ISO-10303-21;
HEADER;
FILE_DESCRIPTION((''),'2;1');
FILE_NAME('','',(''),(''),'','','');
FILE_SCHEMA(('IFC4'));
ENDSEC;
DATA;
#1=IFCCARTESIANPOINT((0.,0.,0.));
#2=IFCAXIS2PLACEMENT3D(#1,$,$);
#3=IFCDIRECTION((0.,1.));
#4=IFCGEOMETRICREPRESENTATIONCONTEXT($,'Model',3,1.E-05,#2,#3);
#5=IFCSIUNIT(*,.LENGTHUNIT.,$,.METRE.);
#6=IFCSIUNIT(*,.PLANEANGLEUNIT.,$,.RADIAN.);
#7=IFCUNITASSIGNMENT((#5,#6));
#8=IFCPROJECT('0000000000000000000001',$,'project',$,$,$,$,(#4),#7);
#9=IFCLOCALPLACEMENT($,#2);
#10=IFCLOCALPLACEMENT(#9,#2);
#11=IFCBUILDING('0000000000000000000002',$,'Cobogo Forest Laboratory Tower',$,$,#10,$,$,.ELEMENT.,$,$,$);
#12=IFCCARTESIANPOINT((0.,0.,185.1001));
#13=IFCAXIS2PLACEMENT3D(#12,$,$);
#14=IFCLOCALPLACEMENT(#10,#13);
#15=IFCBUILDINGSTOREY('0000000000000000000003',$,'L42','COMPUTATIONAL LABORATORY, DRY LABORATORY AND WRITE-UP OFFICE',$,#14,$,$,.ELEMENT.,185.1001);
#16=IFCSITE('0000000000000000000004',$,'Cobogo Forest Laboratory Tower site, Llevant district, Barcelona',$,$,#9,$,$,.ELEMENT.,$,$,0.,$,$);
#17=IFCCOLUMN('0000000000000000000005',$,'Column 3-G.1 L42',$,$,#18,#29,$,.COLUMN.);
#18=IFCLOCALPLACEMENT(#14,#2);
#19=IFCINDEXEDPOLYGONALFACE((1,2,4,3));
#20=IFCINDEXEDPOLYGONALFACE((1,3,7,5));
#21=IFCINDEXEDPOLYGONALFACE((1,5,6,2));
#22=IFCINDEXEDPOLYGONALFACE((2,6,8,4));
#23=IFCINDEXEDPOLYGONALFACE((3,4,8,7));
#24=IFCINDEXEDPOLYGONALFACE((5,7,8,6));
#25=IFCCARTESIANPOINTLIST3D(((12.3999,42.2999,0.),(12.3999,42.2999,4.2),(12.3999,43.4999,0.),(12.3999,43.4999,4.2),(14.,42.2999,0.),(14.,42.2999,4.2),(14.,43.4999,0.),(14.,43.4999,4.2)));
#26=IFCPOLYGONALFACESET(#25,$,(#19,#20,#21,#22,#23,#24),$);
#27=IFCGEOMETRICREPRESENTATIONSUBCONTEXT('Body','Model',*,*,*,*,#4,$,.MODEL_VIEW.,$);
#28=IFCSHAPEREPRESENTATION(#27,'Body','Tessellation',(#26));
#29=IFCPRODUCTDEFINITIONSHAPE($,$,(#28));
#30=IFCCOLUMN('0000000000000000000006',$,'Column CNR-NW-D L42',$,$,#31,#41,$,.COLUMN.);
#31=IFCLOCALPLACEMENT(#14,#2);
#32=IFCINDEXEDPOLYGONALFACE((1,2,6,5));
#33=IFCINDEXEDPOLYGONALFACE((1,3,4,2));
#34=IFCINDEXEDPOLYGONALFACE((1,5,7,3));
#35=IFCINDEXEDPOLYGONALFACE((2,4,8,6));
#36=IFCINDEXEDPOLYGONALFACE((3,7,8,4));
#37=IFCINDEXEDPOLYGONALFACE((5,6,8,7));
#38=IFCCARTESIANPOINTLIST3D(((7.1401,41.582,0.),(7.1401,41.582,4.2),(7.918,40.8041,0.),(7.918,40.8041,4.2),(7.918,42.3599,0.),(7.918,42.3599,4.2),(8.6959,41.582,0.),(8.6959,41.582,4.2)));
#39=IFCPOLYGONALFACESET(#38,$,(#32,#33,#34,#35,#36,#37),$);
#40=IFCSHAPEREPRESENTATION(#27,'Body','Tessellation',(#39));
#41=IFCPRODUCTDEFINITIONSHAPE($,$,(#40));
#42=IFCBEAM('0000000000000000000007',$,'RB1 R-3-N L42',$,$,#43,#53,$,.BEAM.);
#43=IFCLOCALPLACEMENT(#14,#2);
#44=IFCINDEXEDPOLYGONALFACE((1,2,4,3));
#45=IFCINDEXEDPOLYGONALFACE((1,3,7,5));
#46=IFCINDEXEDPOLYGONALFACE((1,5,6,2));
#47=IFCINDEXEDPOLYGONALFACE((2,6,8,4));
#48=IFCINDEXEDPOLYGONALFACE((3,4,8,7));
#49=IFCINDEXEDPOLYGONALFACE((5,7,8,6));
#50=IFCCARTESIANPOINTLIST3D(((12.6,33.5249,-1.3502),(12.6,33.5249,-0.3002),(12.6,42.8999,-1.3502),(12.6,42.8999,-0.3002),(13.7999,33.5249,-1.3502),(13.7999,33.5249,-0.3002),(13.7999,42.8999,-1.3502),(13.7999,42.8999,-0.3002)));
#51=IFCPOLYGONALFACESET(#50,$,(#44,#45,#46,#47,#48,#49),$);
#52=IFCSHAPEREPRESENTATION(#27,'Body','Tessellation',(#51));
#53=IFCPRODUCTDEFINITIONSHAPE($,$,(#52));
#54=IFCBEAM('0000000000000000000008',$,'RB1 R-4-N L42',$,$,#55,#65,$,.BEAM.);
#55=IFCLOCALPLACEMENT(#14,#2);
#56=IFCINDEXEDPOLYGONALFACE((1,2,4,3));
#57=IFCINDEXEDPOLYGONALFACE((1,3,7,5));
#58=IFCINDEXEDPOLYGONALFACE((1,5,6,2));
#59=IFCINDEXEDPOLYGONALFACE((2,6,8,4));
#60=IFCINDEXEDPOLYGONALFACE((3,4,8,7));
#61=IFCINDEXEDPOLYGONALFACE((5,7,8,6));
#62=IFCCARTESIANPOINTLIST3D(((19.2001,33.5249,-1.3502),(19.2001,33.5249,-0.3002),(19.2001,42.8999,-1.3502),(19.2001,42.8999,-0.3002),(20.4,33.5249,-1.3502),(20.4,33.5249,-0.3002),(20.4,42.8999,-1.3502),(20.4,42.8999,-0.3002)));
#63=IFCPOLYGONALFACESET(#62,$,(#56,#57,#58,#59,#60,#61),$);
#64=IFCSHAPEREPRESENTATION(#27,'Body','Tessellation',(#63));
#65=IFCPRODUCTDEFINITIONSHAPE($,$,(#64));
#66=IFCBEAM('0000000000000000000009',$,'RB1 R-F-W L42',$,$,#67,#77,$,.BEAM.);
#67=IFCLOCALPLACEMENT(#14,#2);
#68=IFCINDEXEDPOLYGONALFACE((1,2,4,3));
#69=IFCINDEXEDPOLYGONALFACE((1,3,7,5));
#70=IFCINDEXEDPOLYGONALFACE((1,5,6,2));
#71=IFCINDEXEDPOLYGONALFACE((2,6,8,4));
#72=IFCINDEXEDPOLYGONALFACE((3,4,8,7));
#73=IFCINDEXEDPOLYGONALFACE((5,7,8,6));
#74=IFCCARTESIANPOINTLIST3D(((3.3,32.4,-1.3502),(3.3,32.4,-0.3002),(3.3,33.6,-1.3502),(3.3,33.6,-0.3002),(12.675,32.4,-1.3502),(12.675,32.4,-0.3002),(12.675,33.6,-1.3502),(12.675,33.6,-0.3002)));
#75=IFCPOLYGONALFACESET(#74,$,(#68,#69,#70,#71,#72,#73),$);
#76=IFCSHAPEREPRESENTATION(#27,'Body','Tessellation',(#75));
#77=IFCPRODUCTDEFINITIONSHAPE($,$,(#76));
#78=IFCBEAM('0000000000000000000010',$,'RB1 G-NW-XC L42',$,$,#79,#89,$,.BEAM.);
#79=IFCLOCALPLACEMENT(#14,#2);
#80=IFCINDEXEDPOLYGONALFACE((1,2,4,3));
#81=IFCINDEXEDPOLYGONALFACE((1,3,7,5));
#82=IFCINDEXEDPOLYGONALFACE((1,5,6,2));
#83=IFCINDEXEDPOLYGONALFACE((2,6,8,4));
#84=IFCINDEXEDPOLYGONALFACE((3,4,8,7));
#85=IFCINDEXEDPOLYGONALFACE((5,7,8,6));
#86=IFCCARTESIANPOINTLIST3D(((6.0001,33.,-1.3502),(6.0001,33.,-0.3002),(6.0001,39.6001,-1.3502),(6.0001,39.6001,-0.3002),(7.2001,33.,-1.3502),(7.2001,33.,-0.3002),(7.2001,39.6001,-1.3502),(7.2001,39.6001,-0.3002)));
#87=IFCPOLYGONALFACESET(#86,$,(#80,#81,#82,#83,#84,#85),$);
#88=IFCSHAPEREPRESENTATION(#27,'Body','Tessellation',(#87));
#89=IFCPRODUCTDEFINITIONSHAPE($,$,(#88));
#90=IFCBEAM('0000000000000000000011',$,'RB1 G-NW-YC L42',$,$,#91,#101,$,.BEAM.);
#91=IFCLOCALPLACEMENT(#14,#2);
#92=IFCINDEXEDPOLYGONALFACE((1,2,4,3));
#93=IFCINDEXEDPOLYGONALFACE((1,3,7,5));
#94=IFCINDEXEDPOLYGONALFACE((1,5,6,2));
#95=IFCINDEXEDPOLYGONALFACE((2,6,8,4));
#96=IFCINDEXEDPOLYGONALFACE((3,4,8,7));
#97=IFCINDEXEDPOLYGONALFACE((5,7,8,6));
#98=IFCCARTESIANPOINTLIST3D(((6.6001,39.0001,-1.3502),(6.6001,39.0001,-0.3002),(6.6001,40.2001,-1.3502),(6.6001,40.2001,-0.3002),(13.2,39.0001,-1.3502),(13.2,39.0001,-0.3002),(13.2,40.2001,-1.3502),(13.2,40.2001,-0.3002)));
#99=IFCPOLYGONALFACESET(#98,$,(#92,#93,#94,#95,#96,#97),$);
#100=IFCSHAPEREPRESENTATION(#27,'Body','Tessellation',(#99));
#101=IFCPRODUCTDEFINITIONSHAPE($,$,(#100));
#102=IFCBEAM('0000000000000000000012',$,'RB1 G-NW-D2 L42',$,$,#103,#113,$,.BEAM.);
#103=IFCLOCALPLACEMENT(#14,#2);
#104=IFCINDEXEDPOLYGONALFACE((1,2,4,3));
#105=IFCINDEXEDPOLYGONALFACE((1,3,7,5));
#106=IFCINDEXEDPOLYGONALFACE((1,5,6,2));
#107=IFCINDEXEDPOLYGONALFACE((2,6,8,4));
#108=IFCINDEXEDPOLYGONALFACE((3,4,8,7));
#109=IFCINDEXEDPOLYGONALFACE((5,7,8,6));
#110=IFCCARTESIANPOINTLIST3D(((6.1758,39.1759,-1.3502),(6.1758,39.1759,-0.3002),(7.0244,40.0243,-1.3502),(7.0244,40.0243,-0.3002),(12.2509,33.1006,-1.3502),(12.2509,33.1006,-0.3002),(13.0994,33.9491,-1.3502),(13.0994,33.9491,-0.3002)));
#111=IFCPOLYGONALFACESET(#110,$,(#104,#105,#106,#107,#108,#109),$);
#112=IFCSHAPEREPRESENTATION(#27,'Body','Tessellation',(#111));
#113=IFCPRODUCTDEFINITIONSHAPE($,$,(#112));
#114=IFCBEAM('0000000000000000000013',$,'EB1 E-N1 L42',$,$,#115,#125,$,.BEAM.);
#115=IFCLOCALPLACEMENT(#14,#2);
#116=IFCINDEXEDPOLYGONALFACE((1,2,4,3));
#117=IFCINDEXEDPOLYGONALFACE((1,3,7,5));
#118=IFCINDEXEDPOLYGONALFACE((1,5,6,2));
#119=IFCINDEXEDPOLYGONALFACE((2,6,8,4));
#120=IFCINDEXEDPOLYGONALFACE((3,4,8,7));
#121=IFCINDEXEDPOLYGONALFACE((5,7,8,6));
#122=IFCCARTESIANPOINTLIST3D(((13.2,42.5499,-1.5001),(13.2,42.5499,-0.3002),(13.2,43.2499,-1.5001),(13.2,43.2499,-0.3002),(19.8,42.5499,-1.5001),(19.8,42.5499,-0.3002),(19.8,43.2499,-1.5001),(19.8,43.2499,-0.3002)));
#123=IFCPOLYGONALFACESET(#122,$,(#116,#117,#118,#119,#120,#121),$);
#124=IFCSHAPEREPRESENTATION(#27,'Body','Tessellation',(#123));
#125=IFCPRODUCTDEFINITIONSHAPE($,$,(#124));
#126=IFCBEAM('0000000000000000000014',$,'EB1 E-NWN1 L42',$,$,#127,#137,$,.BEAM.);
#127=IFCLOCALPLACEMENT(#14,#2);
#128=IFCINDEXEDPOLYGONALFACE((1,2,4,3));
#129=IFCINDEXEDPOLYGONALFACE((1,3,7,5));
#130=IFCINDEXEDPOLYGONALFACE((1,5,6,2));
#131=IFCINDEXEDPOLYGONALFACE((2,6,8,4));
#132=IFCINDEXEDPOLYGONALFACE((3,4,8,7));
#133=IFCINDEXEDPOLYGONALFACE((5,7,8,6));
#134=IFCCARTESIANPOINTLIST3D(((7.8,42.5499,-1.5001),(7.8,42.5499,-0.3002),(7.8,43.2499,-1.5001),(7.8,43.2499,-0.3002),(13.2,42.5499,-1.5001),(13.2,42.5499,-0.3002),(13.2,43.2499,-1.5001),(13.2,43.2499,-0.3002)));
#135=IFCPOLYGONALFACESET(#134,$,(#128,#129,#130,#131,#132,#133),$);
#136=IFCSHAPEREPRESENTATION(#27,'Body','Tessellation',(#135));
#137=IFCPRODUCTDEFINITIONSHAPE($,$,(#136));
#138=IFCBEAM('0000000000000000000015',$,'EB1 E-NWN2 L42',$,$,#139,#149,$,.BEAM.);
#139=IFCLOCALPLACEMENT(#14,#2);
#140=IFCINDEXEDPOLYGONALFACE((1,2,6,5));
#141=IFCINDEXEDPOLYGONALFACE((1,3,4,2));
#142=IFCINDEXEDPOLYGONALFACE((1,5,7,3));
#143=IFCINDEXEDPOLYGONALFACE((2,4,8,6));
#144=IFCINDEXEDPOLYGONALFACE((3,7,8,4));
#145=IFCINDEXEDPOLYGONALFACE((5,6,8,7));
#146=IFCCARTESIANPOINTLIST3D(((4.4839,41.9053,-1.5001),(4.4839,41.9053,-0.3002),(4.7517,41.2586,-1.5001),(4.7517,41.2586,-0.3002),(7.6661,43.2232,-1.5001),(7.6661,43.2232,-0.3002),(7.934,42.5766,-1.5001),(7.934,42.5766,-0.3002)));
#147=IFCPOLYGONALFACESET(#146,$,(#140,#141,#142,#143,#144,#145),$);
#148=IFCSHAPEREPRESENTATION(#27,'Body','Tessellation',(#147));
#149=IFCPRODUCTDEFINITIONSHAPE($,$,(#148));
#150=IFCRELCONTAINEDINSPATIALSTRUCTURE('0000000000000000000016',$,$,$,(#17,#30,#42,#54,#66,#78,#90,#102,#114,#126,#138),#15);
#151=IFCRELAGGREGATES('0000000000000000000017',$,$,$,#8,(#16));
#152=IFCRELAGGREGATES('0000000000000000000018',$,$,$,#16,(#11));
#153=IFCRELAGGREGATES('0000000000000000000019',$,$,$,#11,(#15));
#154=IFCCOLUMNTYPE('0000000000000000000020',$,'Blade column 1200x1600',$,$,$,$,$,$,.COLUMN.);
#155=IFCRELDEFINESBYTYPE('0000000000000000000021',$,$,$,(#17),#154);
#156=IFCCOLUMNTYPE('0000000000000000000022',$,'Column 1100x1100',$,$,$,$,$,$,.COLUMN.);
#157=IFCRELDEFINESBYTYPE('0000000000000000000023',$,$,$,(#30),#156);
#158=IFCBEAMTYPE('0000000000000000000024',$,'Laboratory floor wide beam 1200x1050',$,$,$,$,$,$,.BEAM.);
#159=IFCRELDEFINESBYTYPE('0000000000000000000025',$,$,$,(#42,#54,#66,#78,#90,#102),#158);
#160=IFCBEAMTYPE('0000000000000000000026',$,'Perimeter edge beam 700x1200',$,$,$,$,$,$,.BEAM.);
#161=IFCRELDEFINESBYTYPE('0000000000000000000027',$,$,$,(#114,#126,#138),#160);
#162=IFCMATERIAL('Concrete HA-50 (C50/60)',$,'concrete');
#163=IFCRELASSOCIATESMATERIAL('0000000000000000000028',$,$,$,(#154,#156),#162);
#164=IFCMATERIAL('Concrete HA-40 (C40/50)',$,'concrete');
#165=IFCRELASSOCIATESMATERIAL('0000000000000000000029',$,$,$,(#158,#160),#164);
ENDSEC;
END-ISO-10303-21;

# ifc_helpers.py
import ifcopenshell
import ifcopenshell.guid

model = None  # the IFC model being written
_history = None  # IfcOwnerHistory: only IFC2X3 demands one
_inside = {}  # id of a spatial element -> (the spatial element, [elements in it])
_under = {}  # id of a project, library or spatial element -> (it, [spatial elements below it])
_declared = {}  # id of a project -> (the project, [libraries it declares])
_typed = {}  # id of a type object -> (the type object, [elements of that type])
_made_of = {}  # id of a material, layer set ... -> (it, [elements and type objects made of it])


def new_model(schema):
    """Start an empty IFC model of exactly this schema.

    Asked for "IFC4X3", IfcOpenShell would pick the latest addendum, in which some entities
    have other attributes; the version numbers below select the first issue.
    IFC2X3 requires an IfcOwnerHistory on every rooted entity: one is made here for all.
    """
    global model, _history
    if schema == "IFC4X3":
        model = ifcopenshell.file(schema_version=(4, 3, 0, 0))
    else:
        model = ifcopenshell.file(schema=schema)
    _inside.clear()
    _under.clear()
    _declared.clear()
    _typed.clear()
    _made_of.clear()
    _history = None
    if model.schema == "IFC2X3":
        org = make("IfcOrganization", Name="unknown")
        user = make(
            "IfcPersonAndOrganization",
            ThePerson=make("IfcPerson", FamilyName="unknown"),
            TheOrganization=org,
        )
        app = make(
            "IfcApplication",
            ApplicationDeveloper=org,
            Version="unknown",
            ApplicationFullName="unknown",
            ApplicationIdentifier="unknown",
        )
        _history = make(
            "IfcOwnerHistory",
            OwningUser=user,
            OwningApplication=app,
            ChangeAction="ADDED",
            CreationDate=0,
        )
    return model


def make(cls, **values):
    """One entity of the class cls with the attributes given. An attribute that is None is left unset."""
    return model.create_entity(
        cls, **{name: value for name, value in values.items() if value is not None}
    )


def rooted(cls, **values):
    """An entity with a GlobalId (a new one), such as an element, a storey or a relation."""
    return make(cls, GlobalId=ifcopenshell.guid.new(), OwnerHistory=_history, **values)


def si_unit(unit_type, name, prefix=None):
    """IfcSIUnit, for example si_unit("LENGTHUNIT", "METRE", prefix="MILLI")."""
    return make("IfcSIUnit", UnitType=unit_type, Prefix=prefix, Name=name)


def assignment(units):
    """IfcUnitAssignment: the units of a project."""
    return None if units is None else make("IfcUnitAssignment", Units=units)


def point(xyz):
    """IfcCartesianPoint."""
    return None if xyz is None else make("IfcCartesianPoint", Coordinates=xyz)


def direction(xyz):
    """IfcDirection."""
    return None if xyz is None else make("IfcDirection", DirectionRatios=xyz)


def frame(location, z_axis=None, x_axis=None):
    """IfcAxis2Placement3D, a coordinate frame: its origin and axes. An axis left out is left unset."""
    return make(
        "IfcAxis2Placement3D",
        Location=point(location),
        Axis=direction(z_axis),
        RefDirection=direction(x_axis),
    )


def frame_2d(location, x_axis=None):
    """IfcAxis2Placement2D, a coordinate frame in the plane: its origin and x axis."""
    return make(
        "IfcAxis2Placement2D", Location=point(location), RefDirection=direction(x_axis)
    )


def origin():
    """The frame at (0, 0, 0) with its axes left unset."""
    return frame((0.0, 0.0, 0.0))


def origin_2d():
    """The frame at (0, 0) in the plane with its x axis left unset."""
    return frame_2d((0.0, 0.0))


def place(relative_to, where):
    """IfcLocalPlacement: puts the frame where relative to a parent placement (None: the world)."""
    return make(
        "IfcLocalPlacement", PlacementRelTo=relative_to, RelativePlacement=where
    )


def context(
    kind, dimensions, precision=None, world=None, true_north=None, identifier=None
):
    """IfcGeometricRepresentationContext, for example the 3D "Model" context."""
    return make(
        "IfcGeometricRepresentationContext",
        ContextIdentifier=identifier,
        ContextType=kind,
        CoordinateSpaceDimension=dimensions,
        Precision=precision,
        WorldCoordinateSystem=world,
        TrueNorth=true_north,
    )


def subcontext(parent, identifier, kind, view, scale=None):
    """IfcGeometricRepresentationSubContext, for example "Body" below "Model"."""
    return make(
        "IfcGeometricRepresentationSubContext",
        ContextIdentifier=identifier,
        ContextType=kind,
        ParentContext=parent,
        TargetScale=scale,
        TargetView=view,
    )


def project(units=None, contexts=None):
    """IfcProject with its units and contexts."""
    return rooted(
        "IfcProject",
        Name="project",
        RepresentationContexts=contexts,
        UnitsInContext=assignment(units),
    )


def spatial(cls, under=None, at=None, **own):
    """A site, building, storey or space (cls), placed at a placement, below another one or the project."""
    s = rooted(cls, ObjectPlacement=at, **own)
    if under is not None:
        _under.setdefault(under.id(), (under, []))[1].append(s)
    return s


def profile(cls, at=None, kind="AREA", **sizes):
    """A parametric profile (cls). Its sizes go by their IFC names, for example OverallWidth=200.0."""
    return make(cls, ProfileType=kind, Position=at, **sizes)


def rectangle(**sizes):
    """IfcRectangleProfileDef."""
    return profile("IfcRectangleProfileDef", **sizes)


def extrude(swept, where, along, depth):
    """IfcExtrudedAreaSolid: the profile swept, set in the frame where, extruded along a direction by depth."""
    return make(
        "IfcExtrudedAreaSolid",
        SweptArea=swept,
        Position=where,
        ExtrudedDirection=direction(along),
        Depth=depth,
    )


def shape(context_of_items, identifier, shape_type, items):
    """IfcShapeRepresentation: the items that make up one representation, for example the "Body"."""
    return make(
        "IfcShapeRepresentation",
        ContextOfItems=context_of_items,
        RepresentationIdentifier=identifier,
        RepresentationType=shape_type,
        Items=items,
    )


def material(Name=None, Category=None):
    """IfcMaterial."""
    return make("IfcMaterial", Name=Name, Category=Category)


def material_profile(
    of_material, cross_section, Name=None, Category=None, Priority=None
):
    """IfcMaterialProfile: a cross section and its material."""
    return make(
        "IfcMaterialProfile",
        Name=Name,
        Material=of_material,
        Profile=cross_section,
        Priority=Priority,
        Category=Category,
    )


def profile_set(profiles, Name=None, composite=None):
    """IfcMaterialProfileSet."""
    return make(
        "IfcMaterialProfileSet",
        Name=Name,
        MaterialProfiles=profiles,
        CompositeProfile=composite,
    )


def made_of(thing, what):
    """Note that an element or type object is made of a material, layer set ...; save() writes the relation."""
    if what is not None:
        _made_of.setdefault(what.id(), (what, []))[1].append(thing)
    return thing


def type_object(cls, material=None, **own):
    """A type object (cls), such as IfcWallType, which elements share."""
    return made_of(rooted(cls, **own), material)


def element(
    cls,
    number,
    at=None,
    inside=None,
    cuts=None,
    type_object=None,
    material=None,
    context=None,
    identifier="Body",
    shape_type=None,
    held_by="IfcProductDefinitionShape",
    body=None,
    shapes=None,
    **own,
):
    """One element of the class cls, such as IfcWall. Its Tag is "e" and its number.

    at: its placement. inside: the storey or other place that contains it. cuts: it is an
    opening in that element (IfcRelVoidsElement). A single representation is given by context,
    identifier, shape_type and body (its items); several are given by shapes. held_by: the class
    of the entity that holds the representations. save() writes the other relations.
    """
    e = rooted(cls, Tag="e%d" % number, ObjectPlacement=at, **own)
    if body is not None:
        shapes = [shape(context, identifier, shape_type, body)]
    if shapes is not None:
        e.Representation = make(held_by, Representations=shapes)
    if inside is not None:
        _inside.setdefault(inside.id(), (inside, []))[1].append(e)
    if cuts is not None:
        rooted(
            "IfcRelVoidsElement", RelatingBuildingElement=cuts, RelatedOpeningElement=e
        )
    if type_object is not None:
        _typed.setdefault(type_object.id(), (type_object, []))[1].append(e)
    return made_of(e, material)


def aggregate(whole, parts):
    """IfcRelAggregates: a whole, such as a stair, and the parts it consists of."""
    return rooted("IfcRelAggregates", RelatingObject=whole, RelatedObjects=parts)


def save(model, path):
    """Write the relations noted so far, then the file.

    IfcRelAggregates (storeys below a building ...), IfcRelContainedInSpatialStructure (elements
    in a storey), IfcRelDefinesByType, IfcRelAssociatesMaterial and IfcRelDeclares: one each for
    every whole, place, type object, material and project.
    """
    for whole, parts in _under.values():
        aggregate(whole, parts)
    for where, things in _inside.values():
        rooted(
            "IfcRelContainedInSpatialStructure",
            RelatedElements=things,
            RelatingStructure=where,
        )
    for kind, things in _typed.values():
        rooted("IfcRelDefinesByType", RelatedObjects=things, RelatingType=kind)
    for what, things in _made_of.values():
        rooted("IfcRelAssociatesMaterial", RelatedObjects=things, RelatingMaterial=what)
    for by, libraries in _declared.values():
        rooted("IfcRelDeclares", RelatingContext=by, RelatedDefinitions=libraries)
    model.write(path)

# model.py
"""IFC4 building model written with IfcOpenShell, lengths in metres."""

from ifc_helpers import new_model, si_unit, direction, frame, origin, origin_2d, place, context, subcontext, project, spatial, rectangle, extrude, material, material_profile, profile_set, type_object, element, save


model = new_model("IFC4")

# Units and contexts
model_context = context("Model", 3, precision=1e-05, world=origin(), true_north=direction((0.0, 1.0)))
body_context = subcontext(model_context, "Body", "Model", "MODEL_VIEW")
ifc_project = project(units=[si_unit("LENGTHUNIT", "METRE"), si_unit("PLANEANGLEUNIT", "RADIAN")], contexts=[model_context])

# Site, building, storey
site_placement = place(None, origin())
site = spatial("IfcSite", under=ifc_project, at=site_placement, Name="Cobogo Forest Laboratory Tower site, Llevant district, Barcelona", CompositionType="ELEMENT", RefElevation=0.0)
building_placement = place(site_placement, origin())
building = spatial("IfcBuilding", under=site, at=building_placement, Name="Cobogo Forest Laboratory Tower", CompositionType="ELEMENT")
storey_placement = place(building_placement, frame((0.0, 0.0, 185.1001)))
storey = spatial("IfcBuildingStorey", under=building, at=storey_placement, Name="L42", Description="COMPUTATIONAL LABORATORY, DRY LABORATORY AND WRITE-UP OFFICE", CompositionType="ELEMENT", Elevation=185.1001)

# Columns
ifc_material_1 = material(Name="Concrete HA-50 (C50/60)", Category="concrete")
ifc_material_profile_1 = material_profile(ifc_material_1, rectangle(XDim=1.6001, YDim=1.2, at=origin_2d()), Name="RC 1200x1600")
ifc_profile_set_1 = profile_set([ifc_material_profile_1], Name="Concrete HA-50 (C50/60)")
column_type_1 = type_object("IfcColumnType", Name="Blade column 1200x1600", PredefinedType="COLUMN", material=ifc_profile_set_1)
column_1_placement = place(storey_placement, frame((13.2, 42.8999, 0.0), z_axis=(0.0, 0.0, 1.0), x_axis=(1.0, 0.0, 0.0)))
element("IfcColumn", 1, at=column_1_placement, inside=storey, type_object=column_type_1, Name="Column 3-G.1 L42", PredefinedType="COLUMN", context=body_context, shape_type="SweptSolid", body=[
    extrude(rectangle(XDim=1.6001, YDim=1.2, at=origin_2d()), origin(), (0.0, 0.0, 1.0), 4.2),
])
ifc_material_profile_2 = material_profile(ifc_material_1, rectangle(XDim=1.1001, YDim=1.1001, at=origin_2d()), Name="RC 1100x1100")
ifc_profile_set_2 = profile_set([ifc_material_profile_2], Name="Concrete HA-50 (C50/60)")
column_type_2 = type_object("IfcColumnType", Name="Column 1100x1100", PredefinedType="COLUMN", material=ifc_profile_set_2)
column_2_placement = place(storey_placement, frame((7.918, 41.582, 0.0), z_axis=(0.0, 0.0, 1.0), x_axis=(0.707107, 0.707107, 0.0)))
element("IfcColumn", 2, at=column_2_placement, inside=storey, type_object=column_type_2, Name="Column CNR-NW-D L42", PredefinedType="COLUMN", context=body_context, shape_type="SweptSolid", body=[
    extrude(rectangle(XDim=1.1001, YDim=1.1001, at=origin_2d()), origin(), (0.0, 0.0, 1.0), 4.2),
])

# Beams
ifc_material_2 = material(Name="Concrete HA-40 (C40/50)", Category="concrete")
ifc_material_profile_3 = material_profile(ifc_material_2, rectangle(XDim=1.2, YDim=1.05, at=origin_2d()), Name="RC 1200x1050")
ifc_profile_set_3 = profile_set([ifc_material_profile_3], Name="Concrete HA-40 (C40/50)")
beam_type_1 = type_object("IfcBeamType", Name="Laboratory floor wide beam 1200x1050", PredefinedType="BEAM", material=ifc_profile_set_3)
for number, where, z_axis, x_axis, name in (
    (3, (13.2, 33.5249, -0.8252), (0.0, 1.0, 0.0), (-1.0, 0.0, 0.0), "RB1 R-3-N L42"),
    (4, (19.8, 33.5249, -0.8252), (0.0, 1.0, 0.0), (-1.0, 0.0, 0.0), "RB1 R-4-N L42"),
    (5, (12.675, 33.0, -0.8252), (-1.0, 0.0, 0.0), (0.0, -1.0, 0.0), "RB1 R-F-W L42"),
):
    element("IfcBeam", number, at=place(storey_placement, frame(where, z_axis=z_axis, x_axis=x_axis)), inside=storey, type_object=beam_type_1, Name=name, PredefinedType="BEAM", context=body_context, shape_type="SweptSolid", body=[
        extrude(rectangle(XDim=1.2, YDim=1.05, at=origin_2d()), origin(), (0.0, 0.0, 1.0), 9.375),
    ])
beam_1_placement = place(storey_placement, frame((6.6001, 39.6001, -0.8252), z_axis=(0.0, -1.0, 0.0), x_axis=(1.0, 0.0, 0.0)))
element("IfcBeam", 6, at=beam_1_placement, inside=storey, type_object=beam_type_1, Name="RB1 G-NW-XC L42", PredefinedType="BEAM", context=body_context, shape_type="SweptSolid", body=[
    extrude(rectangle(XDim=1.2, YDim=1.05, at=origin_2d()), origin(), (0.0, 0.0, 1.0), 6.6001),
])
beam_2_placement = place(storey_placement, frame((6.6001, 39.6001, -0.8252), z_axis=(1.0, 0.0, 0.0), x_axis=(0.0, 1.0, 0.0)))
element("IfcBeam", 7, at=beam_2_placement, inside=storey, type_object=beam_type_1, Name="RB1 G-NW-YC L42", PredefinedType="BEAM", context=body_context, shape_type="SweptSolid", body=[
    extrude(rectangle(XDim=1.2, YDim=1.05, at=origin_2d()), origin(), (0.0, 0.0, 1.0), 6.5999),
])
beam_3_placement = place(storey_placement, frame((6.6001, 39.6001, -0.8252), z_axis=(0.707093, -0.707121, 0.0), x_axis=(0.707121, 0.707093, 0.0)))
element("IfcBeam", 8, at=beam_3_placement, inside=storey, type_object=beam_type_1, Name="RB1 G-NW-D2 L42", PredefinedType="BEAM", context=body_context, shape_type="SweptSolid", body=[
    extrude(rectangle(XDim=1.2, YDim=1.05, at=origin_2d()), origin(), (0.0, 0.0, 1.0), 8.5916),
])
ifc_material_profile_4 = material_profile(ifc_material_2, rectangle(XDim=0.7, YDim=1.2, at=origin_2d()), Name="RC 700x1200")
ifc_profile_set_4 = profile_set([ifc_material_profile_4], Name="Concrete HA-40 (C40/50)")
beam_type_2 = type_object("IfcBeamType", Name="Perimeter edge beam 700x1200", PredefinedType="BEAM", material=ifc_profile_set_4)
beam_4_placement = place(storey_placement, frame((13.2, 42.8999, -0.9001), z_axis=(1.0, 0.0, 0.0), x_axis=(0.0, 1.0, 0.0)))
element("IfcBeam", 9, at=beam_4_placement, inside=storey, type_object=beam_type_2, Name="EB1 E-N1 L42", PredefinedType="BEAM", context=body_context, shape_type="SweptSolid", body=[
    extrude(rectangle(XDim=0.7, YDim=1.2, at=origin_2d()), origin(), (0.0, 0.0, 1.0), 6.6001),
])
beam_5_placement = place(storey_placement, frame((13.2, 42.8999, -0.9001), z_axis=(-1.0, 0.0, 0.0), x_axis=(0.0, -1.0, 0.0)))
element("IfcBeam", 10, at=beam_5_placement, inside=storey, type_object=beam_type_2, Name="EB1 E-NWN1 L42", PredefinedType="BEAM", context=body_context, shape_type="SweptSolid", body=[
    extrude(rectangle(XDim=0.7, YDim=1.2, at=origin_2d()), origin(), (0.0, 0.0, 1.0), 5.3999),
])
beam_6_placement = place(storey_placement, frame((7.8, 42.8999, -0.9001), z_axis=(-0.923901, -0.382631, 0.0), x_axis=(0.382631, -0.923901, 0.0)))
element("IfcBeam", 11, at=beam_6_placement, inside=storey, type_object=beam_type_2, Name="EB1 E-NWN2 L42", PredefinedType="BEAM", context=body_context, shape_type="SweptSolid", body=[
    extrude(rectangle(XDim=0.7, YDim=1.2, at=origin_2d()), origin(), (0.0, 0.0, 1.0), 3.4443),
])

save(model, "model.ifc")
